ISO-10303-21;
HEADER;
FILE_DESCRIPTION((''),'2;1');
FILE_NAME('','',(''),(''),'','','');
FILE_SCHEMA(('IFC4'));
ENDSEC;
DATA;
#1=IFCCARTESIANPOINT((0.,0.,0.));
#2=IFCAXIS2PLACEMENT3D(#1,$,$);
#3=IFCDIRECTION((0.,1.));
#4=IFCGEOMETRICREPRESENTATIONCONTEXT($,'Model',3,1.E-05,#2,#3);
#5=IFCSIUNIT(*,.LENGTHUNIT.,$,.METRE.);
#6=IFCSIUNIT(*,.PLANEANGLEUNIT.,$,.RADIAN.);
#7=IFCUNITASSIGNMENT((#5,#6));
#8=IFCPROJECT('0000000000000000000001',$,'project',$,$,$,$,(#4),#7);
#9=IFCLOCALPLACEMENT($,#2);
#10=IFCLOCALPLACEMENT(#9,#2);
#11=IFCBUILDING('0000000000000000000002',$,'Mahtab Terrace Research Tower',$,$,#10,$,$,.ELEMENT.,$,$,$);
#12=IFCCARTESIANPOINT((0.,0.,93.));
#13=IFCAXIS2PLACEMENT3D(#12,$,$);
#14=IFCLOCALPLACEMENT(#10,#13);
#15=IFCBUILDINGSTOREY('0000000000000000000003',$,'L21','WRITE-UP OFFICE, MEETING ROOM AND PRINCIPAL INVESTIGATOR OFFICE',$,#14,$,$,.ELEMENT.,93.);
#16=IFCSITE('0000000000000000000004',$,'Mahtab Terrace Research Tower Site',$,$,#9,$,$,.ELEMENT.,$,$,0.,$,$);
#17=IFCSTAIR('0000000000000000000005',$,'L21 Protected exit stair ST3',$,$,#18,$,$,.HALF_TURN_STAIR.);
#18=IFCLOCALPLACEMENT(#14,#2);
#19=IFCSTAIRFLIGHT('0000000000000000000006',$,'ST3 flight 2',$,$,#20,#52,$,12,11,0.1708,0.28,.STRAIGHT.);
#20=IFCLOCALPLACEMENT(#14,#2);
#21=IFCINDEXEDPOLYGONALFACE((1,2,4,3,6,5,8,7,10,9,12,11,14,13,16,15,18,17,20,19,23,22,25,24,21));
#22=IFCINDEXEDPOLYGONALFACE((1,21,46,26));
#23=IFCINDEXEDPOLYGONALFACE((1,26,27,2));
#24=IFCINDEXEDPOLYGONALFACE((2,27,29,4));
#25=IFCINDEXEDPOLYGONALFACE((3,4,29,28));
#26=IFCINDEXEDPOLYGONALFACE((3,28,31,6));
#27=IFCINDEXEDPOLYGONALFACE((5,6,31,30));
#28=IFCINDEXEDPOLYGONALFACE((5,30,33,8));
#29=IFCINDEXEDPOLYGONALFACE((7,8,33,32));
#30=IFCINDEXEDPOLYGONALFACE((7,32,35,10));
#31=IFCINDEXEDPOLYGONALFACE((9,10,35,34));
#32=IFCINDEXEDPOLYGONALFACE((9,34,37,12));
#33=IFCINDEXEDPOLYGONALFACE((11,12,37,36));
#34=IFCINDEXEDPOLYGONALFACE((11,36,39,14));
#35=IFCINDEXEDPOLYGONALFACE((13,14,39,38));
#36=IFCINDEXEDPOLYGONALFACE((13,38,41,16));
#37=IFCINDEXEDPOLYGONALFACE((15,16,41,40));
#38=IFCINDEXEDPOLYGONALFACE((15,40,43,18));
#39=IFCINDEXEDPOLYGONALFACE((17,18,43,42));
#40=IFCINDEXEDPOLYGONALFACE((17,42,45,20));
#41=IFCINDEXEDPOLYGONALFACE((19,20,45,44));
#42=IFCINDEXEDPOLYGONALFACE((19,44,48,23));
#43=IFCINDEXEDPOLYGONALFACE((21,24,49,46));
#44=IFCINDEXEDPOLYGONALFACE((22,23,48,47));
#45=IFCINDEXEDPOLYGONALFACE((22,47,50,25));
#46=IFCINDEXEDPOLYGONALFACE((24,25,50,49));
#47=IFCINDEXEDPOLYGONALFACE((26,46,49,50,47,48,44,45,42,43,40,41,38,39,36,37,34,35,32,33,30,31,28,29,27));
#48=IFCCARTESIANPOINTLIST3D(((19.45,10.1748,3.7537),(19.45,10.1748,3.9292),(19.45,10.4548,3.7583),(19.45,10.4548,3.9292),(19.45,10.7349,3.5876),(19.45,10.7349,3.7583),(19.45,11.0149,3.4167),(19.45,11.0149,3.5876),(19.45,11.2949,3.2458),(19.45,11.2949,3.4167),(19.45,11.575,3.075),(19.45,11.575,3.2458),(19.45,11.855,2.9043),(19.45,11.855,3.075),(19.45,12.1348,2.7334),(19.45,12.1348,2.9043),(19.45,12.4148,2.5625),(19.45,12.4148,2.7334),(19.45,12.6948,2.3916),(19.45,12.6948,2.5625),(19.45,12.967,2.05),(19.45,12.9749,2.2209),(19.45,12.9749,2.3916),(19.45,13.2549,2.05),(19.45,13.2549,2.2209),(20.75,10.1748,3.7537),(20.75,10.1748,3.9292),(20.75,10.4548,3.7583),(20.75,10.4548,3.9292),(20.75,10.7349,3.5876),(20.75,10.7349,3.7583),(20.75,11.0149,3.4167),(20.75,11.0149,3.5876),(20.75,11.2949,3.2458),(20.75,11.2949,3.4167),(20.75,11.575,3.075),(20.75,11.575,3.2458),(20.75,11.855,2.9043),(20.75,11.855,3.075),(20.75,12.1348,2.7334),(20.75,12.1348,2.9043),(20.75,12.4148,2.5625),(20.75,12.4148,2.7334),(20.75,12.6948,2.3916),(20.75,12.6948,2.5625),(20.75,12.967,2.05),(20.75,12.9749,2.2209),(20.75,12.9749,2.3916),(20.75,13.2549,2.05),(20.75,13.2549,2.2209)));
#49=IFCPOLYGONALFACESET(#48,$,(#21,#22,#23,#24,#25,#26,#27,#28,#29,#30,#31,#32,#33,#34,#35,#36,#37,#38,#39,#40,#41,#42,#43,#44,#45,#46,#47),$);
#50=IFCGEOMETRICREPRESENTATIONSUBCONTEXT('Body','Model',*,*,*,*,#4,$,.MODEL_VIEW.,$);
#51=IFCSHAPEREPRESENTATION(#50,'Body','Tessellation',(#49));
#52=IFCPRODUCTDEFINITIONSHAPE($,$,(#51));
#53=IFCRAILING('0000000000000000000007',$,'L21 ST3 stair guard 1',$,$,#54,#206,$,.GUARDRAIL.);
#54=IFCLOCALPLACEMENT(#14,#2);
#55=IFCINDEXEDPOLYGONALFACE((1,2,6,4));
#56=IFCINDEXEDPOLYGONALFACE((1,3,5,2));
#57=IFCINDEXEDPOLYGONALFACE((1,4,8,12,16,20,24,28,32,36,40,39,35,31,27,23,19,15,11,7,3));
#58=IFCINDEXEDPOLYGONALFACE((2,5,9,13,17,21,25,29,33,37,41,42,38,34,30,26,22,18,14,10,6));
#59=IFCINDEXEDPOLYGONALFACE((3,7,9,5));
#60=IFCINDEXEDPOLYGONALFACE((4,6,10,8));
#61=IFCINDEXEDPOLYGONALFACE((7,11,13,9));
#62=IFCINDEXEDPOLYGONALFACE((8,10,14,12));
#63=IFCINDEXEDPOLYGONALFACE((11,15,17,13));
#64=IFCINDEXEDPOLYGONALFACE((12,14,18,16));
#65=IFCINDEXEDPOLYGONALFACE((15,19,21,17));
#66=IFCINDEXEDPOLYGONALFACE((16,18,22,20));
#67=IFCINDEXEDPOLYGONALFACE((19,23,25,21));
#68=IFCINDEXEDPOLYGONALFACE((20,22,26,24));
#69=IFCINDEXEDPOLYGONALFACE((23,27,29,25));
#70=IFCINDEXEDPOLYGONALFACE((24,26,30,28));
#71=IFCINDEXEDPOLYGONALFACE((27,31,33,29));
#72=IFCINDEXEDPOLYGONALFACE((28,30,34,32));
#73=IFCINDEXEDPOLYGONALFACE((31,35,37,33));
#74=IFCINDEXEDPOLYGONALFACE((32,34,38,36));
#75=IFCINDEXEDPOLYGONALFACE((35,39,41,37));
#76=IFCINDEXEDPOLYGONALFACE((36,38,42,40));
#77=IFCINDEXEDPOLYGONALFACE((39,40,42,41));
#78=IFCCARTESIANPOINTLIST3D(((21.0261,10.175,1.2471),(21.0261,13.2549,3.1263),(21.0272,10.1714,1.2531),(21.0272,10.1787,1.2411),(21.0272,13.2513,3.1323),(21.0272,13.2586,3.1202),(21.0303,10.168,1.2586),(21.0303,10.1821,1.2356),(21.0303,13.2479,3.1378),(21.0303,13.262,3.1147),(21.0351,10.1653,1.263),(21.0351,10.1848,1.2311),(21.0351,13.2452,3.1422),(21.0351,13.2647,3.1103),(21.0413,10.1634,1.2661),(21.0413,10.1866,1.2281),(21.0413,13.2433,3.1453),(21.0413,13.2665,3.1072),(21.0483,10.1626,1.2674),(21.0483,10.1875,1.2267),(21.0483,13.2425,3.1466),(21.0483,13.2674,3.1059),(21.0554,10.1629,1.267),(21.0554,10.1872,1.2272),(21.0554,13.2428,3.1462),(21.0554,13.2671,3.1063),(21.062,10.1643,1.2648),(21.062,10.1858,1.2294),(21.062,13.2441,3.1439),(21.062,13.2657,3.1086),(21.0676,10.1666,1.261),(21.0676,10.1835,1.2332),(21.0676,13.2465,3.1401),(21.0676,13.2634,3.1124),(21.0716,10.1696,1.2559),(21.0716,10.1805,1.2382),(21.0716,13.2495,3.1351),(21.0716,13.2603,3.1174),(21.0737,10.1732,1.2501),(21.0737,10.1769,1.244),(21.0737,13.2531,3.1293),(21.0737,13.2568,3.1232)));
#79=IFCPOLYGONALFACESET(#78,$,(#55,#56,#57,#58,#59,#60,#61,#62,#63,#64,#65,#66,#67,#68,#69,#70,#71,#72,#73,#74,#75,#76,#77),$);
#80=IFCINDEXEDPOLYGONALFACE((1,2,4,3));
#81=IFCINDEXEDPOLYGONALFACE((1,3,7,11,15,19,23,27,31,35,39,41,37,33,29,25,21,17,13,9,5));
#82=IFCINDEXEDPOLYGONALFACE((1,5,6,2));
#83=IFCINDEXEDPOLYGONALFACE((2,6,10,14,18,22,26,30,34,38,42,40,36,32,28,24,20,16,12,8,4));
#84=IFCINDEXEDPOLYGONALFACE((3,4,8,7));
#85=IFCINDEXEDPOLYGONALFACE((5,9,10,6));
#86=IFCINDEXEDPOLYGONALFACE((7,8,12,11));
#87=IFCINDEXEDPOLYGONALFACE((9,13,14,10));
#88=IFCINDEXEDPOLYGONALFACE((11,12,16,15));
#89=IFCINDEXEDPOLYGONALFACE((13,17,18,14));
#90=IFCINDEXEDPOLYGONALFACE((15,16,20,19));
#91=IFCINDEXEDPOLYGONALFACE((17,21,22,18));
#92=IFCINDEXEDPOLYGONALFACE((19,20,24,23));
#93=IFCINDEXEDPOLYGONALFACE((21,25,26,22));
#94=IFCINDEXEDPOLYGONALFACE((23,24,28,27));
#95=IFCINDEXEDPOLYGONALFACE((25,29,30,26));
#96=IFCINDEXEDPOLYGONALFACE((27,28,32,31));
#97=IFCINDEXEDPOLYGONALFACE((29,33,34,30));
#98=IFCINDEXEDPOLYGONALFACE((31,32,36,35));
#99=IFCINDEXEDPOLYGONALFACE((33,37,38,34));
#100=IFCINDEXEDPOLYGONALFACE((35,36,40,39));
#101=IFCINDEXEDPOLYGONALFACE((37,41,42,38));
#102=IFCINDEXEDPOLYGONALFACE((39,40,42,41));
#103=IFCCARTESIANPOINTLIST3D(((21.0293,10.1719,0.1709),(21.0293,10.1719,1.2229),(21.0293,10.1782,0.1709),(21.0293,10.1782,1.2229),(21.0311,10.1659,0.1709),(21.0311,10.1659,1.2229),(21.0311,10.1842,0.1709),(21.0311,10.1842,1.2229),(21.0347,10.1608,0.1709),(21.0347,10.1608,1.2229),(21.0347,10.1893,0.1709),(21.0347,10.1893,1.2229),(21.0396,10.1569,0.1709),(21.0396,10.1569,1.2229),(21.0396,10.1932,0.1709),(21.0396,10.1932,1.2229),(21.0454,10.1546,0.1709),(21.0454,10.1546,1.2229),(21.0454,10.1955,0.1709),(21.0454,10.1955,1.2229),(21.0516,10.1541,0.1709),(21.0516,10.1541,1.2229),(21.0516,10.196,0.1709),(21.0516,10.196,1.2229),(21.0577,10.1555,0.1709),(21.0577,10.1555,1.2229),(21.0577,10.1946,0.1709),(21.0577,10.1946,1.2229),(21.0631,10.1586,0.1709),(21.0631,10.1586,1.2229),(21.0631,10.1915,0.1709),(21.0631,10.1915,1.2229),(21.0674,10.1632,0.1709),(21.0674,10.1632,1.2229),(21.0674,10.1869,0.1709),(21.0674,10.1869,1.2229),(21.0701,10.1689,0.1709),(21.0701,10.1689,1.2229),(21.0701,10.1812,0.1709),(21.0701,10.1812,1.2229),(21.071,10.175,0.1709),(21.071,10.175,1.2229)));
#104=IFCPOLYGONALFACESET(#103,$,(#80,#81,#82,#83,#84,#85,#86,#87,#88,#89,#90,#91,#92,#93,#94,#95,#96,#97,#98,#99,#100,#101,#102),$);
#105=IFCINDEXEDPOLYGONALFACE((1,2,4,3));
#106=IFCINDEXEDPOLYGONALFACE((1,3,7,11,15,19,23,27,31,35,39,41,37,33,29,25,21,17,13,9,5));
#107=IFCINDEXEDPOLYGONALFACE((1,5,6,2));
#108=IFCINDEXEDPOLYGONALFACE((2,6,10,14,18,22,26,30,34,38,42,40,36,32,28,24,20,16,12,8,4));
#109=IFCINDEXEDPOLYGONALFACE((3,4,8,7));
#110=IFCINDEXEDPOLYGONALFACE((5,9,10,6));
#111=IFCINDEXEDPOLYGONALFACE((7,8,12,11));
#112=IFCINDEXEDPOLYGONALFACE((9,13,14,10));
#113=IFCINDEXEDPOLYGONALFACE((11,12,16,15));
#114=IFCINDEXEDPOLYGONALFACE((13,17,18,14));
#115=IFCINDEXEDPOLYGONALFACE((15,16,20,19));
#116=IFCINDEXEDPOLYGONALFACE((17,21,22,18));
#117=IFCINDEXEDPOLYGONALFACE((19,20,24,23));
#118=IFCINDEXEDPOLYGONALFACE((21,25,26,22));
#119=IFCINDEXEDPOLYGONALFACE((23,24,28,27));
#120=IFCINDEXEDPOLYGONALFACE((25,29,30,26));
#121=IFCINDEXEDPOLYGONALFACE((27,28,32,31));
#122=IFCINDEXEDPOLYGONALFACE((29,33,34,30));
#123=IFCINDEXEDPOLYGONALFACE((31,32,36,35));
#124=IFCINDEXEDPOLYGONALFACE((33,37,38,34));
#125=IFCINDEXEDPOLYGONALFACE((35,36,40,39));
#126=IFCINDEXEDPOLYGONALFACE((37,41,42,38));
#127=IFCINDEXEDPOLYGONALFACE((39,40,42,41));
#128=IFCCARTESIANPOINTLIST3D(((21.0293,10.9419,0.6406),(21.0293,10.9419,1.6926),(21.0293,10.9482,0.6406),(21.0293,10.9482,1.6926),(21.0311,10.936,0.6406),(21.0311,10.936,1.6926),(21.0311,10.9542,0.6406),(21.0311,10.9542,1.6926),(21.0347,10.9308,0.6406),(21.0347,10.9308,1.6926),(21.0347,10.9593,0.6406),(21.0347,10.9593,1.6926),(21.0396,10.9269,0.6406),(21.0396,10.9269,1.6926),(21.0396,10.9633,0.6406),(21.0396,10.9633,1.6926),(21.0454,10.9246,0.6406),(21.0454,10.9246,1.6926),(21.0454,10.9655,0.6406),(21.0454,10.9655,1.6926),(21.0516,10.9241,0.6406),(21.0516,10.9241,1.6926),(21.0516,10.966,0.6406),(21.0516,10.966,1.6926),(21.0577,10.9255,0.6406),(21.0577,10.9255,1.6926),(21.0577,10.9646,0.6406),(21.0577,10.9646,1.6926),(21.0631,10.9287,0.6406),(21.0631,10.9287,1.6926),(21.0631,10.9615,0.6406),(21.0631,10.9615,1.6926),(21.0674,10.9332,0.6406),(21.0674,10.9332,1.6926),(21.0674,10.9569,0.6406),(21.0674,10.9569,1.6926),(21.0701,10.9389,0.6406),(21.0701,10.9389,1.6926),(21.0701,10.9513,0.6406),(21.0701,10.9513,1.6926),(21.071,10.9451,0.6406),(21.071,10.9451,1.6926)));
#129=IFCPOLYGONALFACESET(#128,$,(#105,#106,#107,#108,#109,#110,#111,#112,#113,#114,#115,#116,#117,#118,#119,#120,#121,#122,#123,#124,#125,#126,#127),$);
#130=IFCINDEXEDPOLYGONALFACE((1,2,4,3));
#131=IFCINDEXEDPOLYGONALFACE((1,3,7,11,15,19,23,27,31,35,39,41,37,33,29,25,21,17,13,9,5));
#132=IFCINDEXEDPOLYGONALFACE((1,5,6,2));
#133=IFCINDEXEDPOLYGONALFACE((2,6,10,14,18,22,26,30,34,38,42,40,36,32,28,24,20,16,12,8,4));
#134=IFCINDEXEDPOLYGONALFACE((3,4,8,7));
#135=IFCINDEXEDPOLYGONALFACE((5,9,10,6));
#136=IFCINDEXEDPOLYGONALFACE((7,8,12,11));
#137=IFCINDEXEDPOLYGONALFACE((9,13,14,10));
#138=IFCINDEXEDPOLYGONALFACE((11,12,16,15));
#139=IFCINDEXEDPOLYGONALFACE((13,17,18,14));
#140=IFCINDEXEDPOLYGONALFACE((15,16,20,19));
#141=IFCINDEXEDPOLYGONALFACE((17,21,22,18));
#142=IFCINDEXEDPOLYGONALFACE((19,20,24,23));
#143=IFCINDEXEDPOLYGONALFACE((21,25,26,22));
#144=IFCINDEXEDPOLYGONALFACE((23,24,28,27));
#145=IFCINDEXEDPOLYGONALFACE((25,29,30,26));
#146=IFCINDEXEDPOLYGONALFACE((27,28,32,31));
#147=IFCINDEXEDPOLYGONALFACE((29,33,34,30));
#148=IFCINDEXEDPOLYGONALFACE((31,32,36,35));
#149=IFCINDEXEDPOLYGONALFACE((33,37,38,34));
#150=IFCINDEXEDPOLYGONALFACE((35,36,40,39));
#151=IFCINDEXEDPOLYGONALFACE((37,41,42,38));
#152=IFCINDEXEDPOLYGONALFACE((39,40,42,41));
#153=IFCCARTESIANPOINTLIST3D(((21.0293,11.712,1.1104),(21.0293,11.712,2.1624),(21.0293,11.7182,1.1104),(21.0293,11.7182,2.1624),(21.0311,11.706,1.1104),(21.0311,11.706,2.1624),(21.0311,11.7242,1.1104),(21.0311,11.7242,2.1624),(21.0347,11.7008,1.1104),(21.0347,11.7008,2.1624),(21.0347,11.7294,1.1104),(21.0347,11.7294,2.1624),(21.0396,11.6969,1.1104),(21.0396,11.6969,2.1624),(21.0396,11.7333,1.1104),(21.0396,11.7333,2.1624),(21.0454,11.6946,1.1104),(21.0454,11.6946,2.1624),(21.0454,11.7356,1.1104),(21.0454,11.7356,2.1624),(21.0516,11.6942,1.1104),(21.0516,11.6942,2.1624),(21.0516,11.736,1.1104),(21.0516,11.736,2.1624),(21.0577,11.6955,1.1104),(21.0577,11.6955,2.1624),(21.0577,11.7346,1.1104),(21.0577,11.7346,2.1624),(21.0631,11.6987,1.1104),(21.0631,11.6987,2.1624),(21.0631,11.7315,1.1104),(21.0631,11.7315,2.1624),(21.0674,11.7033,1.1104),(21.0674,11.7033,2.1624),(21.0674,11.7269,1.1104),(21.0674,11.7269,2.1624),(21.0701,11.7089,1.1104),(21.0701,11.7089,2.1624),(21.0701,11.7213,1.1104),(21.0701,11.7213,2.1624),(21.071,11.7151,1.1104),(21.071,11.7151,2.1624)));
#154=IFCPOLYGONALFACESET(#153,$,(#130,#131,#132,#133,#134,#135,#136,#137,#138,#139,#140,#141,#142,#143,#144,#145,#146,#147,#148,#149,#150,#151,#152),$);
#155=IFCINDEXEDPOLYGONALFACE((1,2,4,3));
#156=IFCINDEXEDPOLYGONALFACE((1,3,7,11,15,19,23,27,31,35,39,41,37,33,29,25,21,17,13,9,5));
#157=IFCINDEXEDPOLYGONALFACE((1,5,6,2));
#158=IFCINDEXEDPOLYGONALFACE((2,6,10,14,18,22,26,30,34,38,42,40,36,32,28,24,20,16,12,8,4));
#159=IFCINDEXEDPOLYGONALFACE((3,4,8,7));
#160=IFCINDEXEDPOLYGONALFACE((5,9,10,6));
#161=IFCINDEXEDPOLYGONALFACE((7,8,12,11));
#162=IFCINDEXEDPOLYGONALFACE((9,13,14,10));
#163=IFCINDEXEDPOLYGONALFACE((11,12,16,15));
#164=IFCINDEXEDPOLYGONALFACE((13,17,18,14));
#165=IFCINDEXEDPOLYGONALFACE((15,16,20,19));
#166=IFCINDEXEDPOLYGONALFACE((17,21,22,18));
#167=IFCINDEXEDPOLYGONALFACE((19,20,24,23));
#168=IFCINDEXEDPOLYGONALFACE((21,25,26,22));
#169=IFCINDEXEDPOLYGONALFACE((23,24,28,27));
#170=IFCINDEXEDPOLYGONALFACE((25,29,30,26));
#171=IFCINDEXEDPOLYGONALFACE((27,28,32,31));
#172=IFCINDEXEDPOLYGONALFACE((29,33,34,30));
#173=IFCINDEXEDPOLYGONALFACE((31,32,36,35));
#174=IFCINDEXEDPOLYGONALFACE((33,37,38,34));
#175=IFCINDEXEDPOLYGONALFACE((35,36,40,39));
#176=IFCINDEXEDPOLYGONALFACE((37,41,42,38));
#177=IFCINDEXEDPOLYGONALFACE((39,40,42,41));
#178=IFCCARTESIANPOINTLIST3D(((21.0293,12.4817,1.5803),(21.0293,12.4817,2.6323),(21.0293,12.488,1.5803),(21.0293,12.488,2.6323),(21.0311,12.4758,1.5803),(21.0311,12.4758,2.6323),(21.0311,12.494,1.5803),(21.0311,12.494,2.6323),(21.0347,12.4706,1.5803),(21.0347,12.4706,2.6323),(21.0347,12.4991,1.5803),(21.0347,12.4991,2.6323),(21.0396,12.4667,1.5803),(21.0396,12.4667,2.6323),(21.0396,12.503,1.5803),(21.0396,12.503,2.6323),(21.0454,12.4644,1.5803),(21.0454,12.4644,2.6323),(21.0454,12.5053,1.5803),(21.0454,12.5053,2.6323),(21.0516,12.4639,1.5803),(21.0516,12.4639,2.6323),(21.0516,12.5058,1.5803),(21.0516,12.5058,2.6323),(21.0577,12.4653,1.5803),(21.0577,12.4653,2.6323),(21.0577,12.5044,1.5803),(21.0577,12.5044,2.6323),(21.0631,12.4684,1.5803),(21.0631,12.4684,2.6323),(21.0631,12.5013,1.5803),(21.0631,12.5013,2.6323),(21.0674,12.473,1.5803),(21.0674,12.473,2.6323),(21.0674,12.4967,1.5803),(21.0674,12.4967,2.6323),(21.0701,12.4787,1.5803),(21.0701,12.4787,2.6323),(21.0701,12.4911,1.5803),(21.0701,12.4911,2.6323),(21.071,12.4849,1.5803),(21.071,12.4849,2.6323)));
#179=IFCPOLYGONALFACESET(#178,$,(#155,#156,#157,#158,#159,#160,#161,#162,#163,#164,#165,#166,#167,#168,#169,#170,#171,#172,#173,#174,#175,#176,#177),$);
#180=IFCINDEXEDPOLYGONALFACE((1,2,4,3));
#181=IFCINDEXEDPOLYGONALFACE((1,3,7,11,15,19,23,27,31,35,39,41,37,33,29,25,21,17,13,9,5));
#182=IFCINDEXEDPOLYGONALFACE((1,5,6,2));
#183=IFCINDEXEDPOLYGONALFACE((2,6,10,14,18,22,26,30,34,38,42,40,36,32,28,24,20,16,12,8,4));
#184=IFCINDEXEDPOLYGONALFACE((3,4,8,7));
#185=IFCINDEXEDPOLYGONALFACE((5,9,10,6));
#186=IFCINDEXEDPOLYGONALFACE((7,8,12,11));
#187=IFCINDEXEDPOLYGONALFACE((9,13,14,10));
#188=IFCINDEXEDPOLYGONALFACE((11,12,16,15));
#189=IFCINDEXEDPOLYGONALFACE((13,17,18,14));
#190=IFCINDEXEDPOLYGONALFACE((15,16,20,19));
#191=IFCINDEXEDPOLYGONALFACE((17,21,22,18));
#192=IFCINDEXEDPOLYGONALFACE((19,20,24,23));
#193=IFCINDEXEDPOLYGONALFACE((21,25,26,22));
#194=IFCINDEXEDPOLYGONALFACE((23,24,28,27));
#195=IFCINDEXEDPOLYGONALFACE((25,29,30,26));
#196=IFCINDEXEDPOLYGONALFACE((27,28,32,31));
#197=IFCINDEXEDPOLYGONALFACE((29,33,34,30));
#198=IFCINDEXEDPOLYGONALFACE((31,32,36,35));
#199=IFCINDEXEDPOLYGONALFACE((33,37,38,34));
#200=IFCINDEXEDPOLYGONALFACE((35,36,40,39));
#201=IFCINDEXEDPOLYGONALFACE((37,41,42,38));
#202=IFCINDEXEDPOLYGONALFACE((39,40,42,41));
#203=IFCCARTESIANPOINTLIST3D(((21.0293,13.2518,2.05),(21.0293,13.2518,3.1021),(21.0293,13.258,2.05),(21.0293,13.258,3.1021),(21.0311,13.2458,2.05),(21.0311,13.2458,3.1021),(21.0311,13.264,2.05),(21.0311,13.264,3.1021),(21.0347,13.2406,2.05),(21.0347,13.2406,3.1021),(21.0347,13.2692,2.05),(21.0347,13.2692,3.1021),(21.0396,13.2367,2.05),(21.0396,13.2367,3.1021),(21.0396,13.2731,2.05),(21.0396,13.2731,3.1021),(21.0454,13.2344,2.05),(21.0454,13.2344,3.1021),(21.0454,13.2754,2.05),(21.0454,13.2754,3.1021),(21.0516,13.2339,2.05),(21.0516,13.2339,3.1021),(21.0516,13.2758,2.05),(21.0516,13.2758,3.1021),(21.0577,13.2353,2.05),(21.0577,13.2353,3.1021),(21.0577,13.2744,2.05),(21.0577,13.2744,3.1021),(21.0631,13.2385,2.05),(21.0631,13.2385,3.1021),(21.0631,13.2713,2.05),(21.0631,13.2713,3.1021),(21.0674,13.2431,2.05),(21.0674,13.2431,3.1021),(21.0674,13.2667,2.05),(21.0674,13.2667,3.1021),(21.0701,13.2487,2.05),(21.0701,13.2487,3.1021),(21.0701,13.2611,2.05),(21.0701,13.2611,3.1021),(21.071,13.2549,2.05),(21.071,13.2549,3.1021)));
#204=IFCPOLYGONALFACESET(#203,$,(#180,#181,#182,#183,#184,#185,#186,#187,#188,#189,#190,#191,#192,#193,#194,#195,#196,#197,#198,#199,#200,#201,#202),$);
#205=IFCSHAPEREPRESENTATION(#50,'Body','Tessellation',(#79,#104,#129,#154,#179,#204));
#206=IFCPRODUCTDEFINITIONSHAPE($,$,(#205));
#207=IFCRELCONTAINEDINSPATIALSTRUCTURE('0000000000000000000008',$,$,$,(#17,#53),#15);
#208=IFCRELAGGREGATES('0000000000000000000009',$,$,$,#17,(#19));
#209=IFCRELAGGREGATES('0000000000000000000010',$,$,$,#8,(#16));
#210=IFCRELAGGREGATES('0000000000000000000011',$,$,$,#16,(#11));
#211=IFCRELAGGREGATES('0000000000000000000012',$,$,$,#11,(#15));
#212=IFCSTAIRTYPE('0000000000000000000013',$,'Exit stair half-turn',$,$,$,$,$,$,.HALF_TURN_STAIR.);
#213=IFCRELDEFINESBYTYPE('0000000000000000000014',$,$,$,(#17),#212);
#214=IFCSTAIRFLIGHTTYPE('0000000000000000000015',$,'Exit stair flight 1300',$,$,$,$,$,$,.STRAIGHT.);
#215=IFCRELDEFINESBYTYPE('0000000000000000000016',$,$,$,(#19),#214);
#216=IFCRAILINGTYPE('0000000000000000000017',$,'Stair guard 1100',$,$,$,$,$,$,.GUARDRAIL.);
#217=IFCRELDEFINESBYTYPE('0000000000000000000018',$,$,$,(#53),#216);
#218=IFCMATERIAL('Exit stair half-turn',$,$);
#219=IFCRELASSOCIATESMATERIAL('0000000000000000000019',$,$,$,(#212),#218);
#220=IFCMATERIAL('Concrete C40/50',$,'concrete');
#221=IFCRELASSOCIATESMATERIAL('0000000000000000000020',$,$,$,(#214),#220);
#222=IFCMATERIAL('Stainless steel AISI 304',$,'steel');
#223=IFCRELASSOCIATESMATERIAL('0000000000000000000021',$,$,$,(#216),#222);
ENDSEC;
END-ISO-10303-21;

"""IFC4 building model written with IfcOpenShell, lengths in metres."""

from ifc_helpers import new_model, si_unit, direction, frame, origin, origin_2d, place, context, subcontext, project, spatial, polyline, circle, outline, extrude, material, type_object, element, aggregate, save


model = new_model("IFC4")

# Units and contexts
model_context = context("Model", 3, precision=1e-05, world=origin(), true_north=direction((0.0, 1.0)))
body_context = subcontext(model_context, "Body", "Model", "MODEL_VIEW")
ifc_project = project(units=[si_unit("LENGTHUNIT", "METRE"), si_unit("PLANEANGLEUNIT", "RADIAN")], contexts=[model_context])

# Site, building, storey
site_placement = place(None, origin())
site = spatial("IfcSite", under=ifc_project, at=site_placement, Name="Mahtab Terrace Research Tower Site", CompositionType="ELEMENT", RefElevation=0.0)
building_placement = place(site_placement, origin())
building = spatial("IfcBuilding", under=site, at=building_placement, Name="Mahtab Terrace Research Tower", CompositionType="ELEMENT")
storey_placement = place(building_placement, frame((0.0, 0.0, 93.0)))
storey = spatial("IfcBuildingStorey", under=building, at=storey_placement, Name="L21", Description="WRITE-UP OFFICE, MEETING ROOM AND PRINCIPAL INVESTIGATOR OFFICE", CompositionType="ELEMENT", Elevation=93.0)

# Shared definitions
ifc_material_1 = material(Name="Stainless steel AISI 304", Category="steel")

# Stair, stair flight
ifc_material_2 = material(Name="Exit stair half-turn")
stair_type = type_object("IfcStairType", Name="Exit stair half-turn", PredefinedType="HALF_TURN_STAIR", material=ifc_material_2)
stair_placement = place(storey_placement, origin())
stair = element("IfcStair", 1, at=stair_placement, inside=storey, type_object=stair_type, Name="L21 Protected exit stair ST3", PredefinedType="HALF_TURN_STAIR")
ifc_material_3 = material(Name="Concrete C40/50", Category="concrete")
stair_flight_type = type_object("IfcStairFlightType", Name="Exit stair flight 1300", PredefinedType="STRAIGHT", material=ifc_material_3)
stair_flight_1_placement = place(storey_placement, frame((20.1001, 13.2549, 2.05), z_axis=(0.0, 0.0, 1.0), x_axis=(0.0, -1.0, 0.0)))
stair_flight_1 = element("IfcStairFlight", 2, at=stair_flight_1_placement, type_object=stair_flight_type, Name="ST3 flight 2", NumberOfRisers=12, NumberOfTreads=11, PredefinedType="STRAIGHT", RiserHeight=0.1708, TreadLength=0.28, context=body_context, shape_type="SweptSolid", body=[
    extrude(outline(polyline([(0.0, 0.0), (0.0, 0.1709), (0.28, 0.1709), (0.28, 0.3416), (0.5601, 0.3416), (0.5601, 0.5125), (0.8401, 0.5125), (0.8401, 0.6833), (1.1201, 0.6833), (1.1201, 0.8542), (1.3999, 0.8542), (1.3999, 1.0249), (1.6799, 1.0249), (1.6799, 1.1958), (1.96, 1.1958), (1.96, 1.3667), (2.24, 1.3667), (2.24, 1.5376), (2.52, 1.5376), (2.52, 1.7083), (2.8, 1.7083), (2.8, 1.8792), (3.0801, 1.8792), (3.0801, 2.05), (3.0801, 1.7036), (0.2878, 0.0), (0.0, 0.0)])), frame((0.0, 0.6499, 0.0), z_axis=(0.0, -1.0, 0.0), x_axis=(1.0, 0.0, 0.0)), (0.0, 0.0, 1.0), 1.3),
])
aggregate(stair, [stair_flight_1])

# Railing
railing_type_1 = type_object("IfcRailingType", Name="Stair guard 1100", PredefinedType="GUARDRAIL", material=ifc_material_1)
railing_1_placement = place(storey_placement, frame((21.05, 10.175, 0.1709)))
element("IfcRailing", 3, at=railing_1_placement, inside=storey, type_object=railing_type_1, Name="L21 ST3 stair guard 1", PredefinedType="GUARDRAIL", context=body_context, shape_type="SweptSolid", body=[
    extrude(circle(Radius=0.0239, at=origin_2d()), frame((0.0, 0.0, 1.0762), z_axis=(0.0, 0.853648, 0.52085), x_axis=(-1.0, 0.0, 0.0)), (0.0, 0.0, 1.0), 3.6079),
    extrude(circle(Radius=0.021, at=origin_2d()), origin(), (0.0, 0.0, 1.0), 1.052),
    extrude(circle(Radius=0.021, at=origin_2d()), frame((0.0, 0.77, 0.4697)), (0.0, 0.0, 1.0), 1.052),
    extrude(circle(Radius=0.021, at=origin_2d()), frame((0.0, 1.54, 0.9395)), (0.0, 0.0, 1.0), 1.052),
    extrude(circle(Radius=0.021, at=origin_2d()), frame((0.0, 2.3098, 1.4094)), (0.0, 0.0, 1.0), 1.052),
    extrude(circle(Radius=0.021, at=origin_2d()), frame((0.0, 3.0798, 1.8792)), (0.0, 0.0, 1.0), 1.052),
])

save(model, "model.ifc")
